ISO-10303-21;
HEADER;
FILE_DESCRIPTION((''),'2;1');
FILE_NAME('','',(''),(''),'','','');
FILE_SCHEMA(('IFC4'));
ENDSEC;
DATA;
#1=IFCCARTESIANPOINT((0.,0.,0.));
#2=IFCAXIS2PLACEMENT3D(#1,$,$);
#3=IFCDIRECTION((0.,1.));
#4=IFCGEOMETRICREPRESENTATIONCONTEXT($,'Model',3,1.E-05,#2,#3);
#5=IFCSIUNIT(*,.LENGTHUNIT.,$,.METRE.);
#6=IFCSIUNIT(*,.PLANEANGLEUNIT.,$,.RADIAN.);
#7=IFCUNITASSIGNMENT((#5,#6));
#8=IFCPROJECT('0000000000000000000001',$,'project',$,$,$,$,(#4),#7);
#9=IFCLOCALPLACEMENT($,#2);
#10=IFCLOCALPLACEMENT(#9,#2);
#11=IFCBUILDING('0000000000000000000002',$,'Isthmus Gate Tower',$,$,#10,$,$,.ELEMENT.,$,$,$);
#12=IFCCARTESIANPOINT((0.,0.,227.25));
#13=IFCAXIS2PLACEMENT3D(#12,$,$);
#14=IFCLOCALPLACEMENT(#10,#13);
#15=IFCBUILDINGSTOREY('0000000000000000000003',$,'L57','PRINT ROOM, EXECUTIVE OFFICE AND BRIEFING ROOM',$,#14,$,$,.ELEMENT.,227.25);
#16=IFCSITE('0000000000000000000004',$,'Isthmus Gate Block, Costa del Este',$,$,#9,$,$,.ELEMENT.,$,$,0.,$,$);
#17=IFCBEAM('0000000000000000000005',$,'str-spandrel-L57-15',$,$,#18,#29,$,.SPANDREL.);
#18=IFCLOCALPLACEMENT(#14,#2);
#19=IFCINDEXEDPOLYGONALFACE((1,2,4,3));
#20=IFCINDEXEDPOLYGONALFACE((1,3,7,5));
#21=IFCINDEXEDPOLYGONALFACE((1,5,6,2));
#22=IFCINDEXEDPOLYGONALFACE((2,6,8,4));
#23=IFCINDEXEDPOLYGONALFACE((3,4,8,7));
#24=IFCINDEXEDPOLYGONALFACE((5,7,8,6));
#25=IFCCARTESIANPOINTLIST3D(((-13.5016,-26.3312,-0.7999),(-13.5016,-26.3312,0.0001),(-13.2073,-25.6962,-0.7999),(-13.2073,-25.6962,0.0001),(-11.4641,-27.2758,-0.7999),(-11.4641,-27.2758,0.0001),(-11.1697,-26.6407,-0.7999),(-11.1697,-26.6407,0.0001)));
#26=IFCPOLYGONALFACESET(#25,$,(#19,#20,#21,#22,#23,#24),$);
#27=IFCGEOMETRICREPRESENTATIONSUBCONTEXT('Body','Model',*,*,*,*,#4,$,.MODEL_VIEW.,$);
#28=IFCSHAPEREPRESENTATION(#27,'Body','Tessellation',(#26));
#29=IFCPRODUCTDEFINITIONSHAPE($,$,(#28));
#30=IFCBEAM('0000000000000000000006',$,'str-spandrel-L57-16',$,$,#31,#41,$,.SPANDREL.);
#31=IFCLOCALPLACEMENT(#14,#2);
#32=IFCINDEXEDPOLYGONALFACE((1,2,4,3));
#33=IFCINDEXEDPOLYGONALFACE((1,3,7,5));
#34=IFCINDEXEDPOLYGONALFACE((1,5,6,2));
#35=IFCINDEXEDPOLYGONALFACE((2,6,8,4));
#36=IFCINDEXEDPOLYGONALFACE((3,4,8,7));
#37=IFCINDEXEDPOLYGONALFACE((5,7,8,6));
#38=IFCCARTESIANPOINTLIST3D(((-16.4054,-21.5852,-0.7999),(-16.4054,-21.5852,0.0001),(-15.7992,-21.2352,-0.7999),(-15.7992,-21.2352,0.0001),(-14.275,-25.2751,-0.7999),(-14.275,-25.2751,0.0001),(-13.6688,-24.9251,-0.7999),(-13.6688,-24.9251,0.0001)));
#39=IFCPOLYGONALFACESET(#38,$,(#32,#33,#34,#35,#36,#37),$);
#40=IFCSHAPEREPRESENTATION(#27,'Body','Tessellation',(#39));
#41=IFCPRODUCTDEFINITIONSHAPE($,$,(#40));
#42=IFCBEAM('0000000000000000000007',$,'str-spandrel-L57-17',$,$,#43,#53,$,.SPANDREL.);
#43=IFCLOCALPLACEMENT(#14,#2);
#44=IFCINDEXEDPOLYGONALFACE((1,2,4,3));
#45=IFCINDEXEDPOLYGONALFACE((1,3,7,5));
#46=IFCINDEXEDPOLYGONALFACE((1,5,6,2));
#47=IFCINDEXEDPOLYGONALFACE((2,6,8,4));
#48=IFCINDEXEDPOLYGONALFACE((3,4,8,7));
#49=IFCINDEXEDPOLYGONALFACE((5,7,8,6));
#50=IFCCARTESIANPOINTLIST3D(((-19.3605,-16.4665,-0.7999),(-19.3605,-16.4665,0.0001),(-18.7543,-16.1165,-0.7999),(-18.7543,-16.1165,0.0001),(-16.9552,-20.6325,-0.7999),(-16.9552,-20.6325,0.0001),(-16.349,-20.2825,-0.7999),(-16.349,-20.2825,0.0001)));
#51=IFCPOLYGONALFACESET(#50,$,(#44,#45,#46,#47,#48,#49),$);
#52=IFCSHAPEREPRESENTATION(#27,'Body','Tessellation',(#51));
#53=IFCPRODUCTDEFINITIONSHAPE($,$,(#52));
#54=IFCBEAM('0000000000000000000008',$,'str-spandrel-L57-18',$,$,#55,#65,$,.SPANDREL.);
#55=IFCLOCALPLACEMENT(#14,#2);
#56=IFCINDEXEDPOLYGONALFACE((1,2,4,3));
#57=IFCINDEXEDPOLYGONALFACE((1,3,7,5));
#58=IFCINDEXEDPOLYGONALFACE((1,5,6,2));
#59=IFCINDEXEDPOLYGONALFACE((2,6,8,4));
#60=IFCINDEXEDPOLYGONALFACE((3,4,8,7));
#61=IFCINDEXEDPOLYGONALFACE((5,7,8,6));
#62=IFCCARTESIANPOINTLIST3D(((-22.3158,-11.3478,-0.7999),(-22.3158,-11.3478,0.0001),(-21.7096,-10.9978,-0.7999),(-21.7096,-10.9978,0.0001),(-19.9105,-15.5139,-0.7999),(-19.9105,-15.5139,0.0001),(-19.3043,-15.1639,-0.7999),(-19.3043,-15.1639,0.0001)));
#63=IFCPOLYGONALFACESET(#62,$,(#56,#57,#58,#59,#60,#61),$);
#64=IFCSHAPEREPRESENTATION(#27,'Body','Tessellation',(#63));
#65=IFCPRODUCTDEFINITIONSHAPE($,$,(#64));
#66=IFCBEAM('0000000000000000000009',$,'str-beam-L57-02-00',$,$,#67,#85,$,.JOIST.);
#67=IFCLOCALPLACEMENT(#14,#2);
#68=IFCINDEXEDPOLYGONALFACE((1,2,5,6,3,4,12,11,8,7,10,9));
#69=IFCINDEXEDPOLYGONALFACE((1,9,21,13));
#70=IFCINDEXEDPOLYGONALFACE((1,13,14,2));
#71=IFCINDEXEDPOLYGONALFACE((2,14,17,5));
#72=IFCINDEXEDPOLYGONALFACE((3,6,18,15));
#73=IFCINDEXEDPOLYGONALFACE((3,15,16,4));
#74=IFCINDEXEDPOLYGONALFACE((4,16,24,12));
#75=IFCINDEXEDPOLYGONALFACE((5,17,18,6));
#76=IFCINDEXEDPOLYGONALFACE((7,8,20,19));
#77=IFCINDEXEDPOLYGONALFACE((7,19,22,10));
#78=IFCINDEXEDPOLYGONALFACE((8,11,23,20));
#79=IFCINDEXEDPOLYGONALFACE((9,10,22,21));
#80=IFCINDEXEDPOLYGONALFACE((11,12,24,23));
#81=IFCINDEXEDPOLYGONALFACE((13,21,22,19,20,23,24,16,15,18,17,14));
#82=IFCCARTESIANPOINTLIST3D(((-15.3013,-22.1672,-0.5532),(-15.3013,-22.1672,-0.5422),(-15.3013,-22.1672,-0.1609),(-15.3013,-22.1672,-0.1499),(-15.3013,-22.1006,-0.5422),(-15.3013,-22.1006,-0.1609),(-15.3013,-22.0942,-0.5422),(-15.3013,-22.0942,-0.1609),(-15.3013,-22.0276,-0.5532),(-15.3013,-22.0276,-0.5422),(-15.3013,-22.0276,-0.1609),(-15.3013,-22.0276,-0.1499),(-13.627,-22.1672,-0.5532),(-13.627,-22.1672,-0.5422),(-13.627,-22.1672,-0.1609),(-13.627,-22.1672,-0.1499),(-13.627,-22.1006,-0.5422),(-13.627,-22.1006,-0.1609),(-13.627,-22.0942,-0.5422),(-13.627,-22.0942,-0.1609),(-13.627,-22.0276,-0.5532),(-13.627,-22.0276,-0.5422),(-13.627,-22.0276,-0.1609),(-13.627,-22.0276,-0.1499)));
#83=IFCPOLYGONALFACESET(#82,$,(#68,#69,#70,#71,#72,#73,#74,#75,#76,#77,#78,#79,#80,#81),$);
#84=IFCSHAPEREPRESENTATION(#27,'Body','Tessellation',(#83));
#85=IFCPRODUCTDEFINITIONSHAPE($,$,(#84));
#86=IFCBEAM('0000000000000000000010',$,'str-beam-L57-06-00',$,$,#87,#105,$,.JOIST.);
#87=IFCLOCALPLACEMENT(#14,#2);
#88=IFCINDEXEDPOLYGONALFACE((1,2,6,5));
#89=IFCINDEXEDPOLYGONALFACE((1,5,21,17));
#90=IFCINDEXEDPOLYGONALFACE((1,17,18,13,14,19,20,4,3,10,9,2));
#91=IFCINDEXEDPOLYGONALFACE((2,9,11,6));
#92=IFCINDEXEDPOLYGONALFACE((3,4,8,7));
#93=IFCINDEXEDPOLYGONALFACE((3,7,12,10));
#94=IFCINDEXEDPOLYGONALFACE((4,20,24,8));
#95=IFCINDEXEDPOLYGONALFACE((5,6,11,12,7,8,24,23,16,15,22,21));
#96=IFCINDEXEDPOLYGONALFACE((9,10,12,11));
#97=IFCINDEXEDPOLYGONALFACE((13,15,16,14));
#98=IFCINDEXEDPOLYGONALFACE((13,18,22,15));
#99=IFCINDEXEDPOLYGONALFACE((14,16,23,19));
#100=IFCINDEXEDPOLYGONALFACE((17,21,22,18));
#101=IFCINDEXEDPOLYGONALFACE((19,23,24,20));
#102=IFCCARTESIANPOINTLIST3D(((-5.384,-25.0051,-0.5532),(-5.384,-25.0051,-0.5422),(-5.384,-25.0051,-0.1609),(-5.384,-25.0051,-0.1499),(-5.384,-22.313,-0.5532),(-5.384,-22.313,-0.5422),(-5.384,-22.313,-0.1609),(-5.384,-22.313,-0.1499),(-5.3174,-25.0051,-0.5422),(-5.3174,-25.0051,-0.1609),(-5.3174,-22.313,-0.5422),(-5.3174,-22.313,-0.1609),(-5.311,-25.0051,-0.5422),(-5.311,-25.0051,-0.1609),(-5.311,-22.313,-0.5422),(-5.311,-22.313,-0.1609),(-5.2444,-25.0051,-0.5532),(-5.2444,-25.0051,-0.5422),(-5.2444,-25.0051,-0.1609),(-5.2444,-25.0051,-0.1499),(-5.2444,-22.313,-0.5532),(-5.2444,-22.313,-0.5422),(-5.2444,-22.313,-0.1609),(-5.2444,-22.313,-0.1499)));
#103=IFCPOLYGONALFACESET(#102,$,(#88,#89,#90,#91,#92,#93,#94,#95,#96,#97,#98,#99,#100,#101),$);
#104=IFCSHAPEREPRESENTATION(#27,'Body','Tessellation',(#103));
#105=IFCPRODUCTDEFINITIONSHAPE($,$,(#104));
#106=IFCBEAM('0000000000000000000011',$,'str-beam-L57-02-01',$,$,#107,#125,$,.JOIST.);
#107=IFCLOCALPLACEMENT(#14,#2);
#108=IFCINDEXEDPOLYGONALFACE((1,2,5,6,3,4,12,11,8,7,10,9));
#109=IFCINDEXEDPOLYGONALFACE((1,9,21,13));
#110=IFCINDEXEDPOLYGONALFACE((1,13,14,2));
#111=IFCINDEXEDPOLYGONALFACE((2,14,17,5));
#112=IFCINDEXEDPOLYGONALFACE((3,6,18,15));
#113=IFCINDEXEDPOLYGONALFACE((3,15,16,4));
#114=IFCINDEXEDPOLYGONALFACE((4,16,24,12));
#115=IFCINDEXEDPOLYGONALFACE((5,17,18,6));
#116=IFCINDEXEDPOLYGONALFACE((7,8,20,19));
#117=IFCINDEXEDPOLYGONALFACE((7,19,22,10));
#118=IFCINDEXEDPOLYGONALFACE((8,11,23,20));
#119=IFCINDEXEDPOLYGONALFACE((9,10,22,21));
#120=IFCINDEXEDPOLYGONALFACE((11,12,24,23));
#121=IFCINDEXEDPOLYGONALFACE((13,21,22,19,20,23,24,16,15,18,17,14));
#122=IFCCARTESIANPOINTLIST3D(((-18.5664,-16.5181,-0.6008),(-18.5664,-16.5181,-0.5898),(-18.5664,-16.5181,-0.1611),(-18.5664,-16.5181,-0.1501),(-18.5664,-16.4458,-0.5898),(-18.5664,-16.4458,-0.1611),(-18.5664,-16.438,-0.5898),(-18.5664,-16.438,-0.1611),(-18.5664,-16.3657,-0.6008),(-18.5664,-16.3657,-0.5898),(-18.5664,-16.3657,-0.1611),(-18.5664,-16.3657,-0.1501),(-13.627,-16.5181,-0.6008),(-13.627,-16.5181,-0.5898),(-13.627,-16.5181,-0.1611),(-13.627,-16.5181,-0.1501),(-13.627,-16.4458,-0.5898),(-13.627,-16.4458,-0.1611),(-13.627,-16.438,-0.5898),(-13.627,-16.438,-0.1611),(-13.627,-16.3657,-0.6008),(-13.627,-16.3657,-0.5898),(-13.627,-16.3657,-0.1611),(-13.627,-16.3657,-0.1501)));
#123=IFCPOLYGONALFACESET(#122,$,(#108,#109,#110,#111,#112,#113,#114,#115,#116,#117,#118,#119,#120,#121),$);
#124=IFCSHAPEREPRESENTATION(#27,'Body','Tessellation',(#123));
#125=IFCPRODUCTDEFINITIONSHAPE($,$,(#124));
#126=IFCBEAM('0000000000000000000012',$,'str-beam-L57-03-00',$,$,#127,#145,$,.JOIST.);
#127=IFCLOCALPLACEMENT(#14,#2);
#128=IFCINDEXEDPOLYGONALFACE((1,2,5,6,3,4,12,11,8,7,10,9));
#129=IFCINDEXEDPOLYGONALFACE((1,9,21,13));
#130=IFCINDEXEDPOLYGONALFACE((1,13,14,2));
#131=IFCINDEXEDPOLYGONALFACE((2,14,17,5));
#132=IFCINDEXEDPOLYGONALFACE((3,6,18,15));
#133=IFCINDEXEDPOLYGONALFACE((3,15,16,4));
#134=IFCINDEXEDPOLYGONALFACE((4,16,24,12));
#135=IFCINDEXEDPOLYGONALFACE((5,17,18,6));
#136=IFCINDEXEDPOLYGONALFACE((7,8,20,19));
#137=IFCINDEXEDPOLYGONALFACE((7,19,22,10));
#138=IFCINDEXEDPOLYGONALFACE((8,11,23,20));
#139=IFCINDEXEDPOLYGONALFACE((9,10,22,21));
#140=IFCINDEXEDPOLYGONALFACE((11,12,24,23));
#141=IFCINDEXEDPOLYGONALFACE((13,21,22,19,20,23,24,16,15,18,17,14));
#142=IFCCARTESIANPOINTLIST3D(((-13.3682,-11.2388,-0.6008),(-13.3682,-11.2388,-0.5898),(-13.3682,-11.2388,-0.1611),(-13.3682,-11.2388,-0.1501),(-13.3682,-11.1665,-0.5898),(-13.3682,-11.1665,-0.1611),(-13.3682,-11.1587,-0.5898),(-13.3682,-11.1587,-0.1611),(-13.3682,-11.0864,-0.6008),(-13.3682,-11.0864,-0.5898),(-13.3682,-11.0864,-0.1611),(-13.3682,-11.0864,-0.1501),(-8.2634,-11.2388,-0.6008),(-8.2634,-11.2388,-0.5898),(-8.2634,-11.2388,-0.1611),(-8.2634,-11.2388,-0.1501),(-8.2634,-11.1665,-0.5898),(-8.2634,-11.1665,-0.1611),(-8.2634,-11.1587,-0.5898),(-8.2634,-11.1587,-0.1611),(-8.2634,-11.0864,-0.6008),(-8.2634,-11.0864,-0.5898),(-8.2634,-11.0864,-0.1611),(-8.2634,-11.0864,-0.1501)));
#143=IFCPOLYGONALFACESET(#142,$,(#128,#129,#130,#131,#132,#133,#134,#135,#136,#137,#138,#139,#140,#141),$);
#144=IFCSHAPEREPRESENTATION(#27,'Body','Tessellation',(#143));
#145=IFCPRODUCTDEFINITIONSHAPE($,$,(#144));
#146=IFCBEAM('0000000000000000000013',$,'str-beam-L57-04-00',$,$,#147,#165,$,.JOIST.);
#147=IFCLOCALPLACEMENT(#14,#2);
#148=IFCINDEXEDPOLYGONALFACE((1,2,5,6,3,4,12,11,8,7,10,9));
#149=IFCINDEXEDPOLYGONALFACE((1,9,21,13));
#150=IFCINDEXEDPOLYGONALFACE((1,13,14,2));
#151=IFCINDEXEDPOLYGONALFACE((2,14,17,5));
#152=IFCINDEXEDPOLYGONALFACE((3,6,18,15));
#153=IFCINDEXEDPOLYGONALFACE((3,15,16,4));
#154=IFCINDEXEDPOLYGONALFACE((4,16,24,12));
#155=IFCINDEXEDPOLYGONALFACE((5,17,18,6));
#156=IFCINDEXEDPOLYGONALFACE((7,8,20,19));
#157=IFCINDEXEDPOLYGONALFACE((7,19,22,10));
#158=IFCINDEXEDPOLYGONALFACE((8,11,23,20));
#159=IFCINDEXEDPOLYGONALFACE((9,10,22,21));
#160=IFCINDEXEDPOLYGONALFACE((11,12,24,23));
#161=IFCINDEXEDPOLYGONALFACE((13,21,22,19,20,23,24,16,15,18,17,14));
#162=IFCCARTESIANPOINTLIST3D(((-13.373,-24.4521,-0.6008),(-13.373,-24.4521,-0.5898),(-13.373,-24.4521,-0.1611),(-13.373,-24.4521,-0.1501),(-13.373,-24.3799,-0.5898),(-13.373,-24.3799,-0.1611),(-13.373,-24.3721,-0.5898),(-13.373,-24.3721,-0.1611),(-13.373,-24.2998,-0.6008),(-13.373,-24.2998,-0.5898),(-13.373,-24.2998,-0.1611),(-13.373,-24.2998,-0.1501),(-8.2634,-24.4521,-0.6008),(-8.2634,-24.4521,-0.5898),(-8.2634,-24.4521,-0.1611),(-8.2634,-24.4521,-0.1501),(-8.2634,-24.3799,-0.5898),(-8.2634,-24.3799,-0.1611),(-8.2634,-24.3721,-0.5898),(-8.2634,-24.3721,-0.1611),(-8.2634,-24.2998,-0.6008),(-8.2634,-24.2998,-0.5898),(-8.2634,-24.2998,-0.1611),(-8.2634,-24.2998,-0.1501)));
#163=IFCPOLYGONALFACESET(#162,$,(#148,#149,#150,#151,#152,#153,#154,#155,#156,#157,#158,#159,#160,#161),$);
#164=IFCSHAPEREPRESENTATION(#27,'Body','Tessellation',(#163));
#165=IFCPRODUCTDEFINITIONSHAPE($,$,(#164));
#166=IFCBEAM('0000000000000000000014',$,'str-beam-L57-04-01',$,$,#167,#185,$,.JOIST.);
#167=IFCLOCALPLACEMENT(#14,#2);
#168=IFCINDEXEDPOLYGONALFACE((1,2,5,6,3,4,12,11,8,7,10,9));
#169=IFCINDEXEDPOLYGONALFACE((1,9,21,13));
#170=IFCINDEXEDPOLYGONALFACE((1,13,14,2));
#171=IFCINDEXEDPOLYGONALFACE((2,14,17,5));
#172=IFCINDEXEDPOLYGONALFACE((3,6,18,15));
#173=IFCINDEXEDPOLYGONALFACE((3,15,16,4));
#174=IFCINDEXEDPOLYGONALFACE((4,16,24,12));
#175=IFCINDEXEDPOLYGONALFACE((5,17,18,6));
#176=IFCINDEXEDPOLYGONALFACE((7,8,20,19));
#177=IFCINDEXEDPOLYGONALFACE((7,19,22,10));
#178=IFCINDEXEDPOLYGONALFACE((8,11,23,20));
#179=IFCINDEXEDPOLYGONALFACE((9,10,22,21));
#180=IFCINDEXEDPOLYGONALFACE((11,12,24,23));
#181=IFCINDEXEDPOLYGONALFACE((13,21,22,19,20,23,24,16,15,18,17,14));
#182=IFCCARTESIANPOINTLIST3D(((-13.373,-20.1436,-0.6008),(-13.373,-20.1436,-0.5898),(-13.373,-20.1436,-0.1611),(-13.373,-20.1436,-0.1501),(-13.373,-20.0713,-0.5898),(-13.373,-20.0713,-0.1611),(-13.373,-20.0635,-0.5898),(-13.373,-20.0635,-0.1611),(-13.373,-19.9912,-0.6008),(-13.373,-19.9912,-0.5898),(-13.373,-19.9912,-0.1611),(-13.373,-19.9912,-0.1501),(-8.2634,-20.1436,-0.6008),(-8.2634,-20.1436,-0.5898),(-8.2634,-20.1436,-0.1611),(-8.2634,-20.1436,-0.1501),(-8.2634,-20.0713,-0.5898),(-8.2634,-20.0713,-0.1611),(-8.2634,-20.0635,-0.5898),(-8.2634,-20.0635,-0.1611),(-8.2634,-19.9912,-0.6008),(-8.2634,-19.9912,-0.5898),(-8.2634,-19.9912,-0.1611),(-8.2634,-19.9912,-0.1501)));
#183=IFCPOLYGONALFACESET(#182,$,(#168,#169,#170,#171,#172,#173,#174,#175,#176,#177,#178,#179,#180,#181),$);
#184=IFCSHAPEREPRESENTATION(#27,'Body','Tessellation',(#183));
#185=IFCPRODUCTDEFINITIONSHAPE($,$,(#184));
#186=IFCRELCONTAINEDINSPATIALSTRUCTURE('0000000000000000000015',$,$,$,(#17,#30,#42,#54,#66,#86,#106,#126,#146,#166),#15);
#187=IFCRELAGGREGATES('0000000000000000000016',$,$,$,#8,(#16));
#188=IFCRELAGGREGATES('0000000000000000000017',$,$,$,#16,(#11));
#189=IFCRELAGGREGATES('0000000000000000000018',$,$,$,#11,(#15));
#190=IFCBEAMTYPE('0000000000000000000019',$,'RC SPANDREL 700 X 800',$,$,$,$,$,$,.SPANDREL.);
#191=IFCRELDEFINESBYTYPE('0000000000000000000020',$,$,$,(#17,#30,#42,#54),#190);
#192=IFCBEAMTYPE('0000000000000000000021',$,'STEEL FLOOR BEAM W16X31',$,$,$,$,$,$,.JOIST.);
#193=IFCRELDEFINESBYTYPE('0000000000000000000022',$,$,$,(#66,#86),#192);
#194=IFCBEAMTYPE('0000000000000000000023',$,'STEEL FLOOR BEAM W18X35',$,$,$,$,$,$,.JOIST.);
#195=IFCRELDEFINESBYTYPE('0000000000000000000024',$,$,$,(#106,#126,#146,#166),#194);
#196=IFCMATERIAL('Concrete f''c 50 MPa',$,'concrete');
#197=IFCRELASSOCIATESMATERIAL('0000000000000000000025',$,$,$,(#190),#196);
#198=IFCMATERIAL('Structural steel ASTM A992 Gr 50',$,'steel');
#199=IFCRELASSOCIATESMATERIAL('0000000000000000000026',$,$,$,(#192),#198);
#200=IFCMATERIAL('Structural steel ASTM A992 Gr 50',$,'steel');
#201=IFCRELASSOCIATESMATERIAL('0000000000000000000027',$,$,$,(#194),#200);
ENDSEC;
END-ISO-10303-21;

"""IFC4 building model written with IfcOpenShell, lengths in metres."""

from ifc_helpers import new_model, si_unit, direction, frame, origin, origin_2d, place, context, subcontext, project, spatial, rectangle, i_section, extrude, material, material_profile, profile_set, type_object, element, save


model = new_model("IFC4")

# Units and contexts
model_context = context("Model", 3, precision=1e-05, world=origin(), true_north=direction((0.0, 1.0)))
body_context = subcontext(model_context, "Body", "Model", "MODEL_VIEW")
ifc_project = project(units=[si_unit("LENGTHUNIT", "METRE"), si_unit("PLANEANGLEUNIT", "RADIAN")], contexts=[model_context])

# Site, building, storey
site_placement = place(None, origin())
site = spatial("IfcSite", under=ifc_project, at=site_placement, Name="Isthmus Gate Block, Costa del Este", CompositionType="ELEMENT", RefElevation=0.0)
building_placement = place(site_placement, origin())
building = spatial("IfcBuilding", under=site, at=building_placement, Name="Isthmus Gate Tower", CompositionType="ELEMENT")
storey_placement = place(building_placement, frame((0.0, 0.0, 227.25)))
storey = spatial("IfcBuildingStorey", under=building, at=storey_placement, Name="L57", Description="PRINT ROOM, EXECUTIVE OFFICE AND BRIEFING ROOM", CompositionType="ELEMENT", Elevation=227.25)

# Beams
ifc_material_1 = material(Name="Concrete f'c 50 MPa", Category="concrete")
ifc_material_profile_1 = material_profile(ifc_material_1, rectangle(XDim=0.7, YDim=0.8, at=origin_2d()), Name="RC 700X800")
ifc_profile_set_1 = profile_set([ifc_material_profile_1], Name="Concrete f'c 50 MPa")
beam_type_1 = type_object("IfcBeamType", Name="RC SPANDREL 700 X 800", PredefinedType="SPANDREL", material=ifc_profile_set_1)
beam_1_placement = place(storey_placement, frame((-11.3169, -26.9583, -0.3999), z_axis=(-0.907255, 0.420581, 0.0), x_axis=(-0.420581, -0.907255, 0.0)))
element("IfcBeam", 1, at=beam_1_placement, inside=storey, type_object=beam_type_1, Name="str-spandrel-L57-15", PredefinedType="SPANDREL", context=body_context, shape_type="SweptSolid", body=[
    extrude(rectangle(XDim=0.7, YDim=0.8, at=origin_2d()), origin(), (0.0, 0.0, 1.0), 2.2458),
])
beam_2_placement = place(storey_placement, frame((-13.9719, -25.1001, -0.3999), z_axis=(-0.499997, 0.866027, 0.0), x_axis=(-0.866027, -0.499997, 0.0)))
element("IfcBeam", 2, at=beam_2_placement, inside=storey, type_object=beam_type_1, Name="str-spandrel-L57-16", PredefinedType="SPANDREL", context=body_context, shape_type="SweptSolid", body=[
    extrude(rectangle(XDim=0.7, YDim=0.8, at=origin_2d()), origin(), (0.0, 0.0, 1.0), 4.2607),
])
for number, where, z_axis, x_axis, name in (
    (3, (-16.6521, -20.4575, -0.3999), (-0.500004, 0.866023, 0.0), (-0.866023, -0.500004, 0.0), "str-spandrel-L57-17"),
    (4, (-19.6074, -15.3389, -0.3999), (-0.500004, 0.866023, 0.0), (-0.866023, -0.500004, 0.0), "str-spandrel-L57-18"),
):
    element("IfcBeam", number, at=place(storey_placement, frame(where, z_axis=z_axis, x_axis=x_axis)), inside=storey, type_object=beam_type_1, Name=name, PredefinedType="SPANDREL", context=body_context, shape_type="SweptSolid", body=[
        extrude(rectangle(XDim=0.7, YDim=0.8, at=origin_2d()), origin(), (0.0, 0.0, 1.0), 4.8105),
    ])
ifc_material_2 = material(Name="Structural steel ASTM A992 Gr 50", Category="steel")
ifc_material_profile_2 = material_profile(ifc_material_2, i_section(OverallWidth=0.1396, OverallDepth=0.4033, WebThickness=0.0063, FlangeThickness=0.011, at=origin_2d()), Name="W16X31")
ifc_profile_set_2 = profile_set([ifc_material_profile_2], Name="Structural steel ASTM A992 Gr 50")
beam_type_2 = type_object("IfcBeamType", Name="STEEL FLOOR BEAM W16X31", PredefinedType="JOIST", material=ifc_profile_set_2)
beam_3_placement = place(storey_placement, frame((-15.3013, -22.0974, -0.3516), z_axis=(1.0, 0.0, 0.0), x_axis=(0.0, 1.0, 0.0)))
element("IfcBeam", 5, at=beam_3_placement, inside=storey, type_object=beam_type_2, Name="str-beam-L57-02-00", PredefinedType="JOIST", context=body_context, shape_type="SweptSolid", body=[
    extrude(i_section(OverallWidth=0.1396, OverallDepth=0.4033, WebThickness=0.0063, FlangeThickness=0.011, at=origin_2d()), origin(), (0.0, 0.0, 1.0), 1.6743),
])
beam_4_placement = place(storey_placement, frame((-5.3142, -25.0051, -0.3516), z_axis=(0.0, 1.0, 0.0), x_axis=(-1.0, 0.0, 0.0)))
element("IfcBeam", 6, at=beam_4_placement, inside=storey, type_object=beam_type_2, Name="str-beam-L57-06-00", PredefinedType="JOIST", context=body_context, shape_type="SweptSolid", body=[
    extrude(i_section(OverallWidth=0.1396, OverallDepth=0.4033, WebThickness=0.0063, FlangeThickness=0.011, at=origin_2d()), origin(), (0.0, 0.0, 1.0), 2.6921),
])
ifc_material_3 = material(Name="Structural steel ASTM A992 Gr 50", Category="steel")
ifc_material_profile_3 = material_profile(ifc_material_3, i_section(OverallWidth=0.1523, OverallDepth=0.4507, WebThickness=0.0078, FlangeThickness=0.011, at=origin_2d()), Name="W18X35")
ifc_profile_set_3 = profile_set([ifc_material_profile_3], Name="Structural steel ASTM A992 Gr 50")
beam_type_3 = type_object("IfcBeamType", Name="STEEL FLOOR BEAM W18X35", PredefinedType="JOIST", material=ifc_profile_set_3)
beam_5_placement = place(storey_placement, frame((-18.5664, -16.4419, -0.3755), z_axis=(1.0, 0.0, 0.0), x_axis=(0.0, 1.0, 0.0)))
element("IfcBeam", 7, at=beam_5_placement, inside=storey, type_object=beam_type_3, Name="str-beam-L57-02-01", PredefinedType="JOIST", context=body_context, shape_type="SweptSolid", body=[
    extrude(i_section(OverallWidth=0.1523, OverallDepth=0.4507, WebThickness=0.0078, FlangeThickness=0.011, at=origin_2d()), origin(), (0.0, 0.0, 1.0), 4.9395),
])
beam_6_placement = place(storey_placement, frame((-13.3682, -11.1626, -0.3755), z_axis=(1.0, 0.0, 0.0), x_axis=(0.0, 1.0, 0.0)))
element("IfcBeam", 8, at=beam_6_placement, inside=storey, type_object=beam_type_3, Name="str-beam-L57-03-00", PredefinedType="JOIST", context=body_context, shape_type="SweptSolid", body=[
    extrude(i_section(OverallWidth=0.1523, OverallDepth=0.4507, WebThickness=0.0078, FlangeThickness=0.011, at=origin_2d()), origin(), (0.0, 0.0, 1.0), 5.1047),
])
for number, where, z_axis, x_axis, name in (
    (9, (-13.373, -24.376, -0.3755), (1.0, 0.0, 0.0), (0.0, 1.0, 0.0), "str-beam-L57-04-00"),
    (10, (-13.373, -20.0674, -0.3755), (1.0, 0.0, 0.0), (0.0, 1.0, 0.0), "str-beam-L57-04-01"),
):
    element("IfcBeam", number, at=place(storey_placement, frame(where, z_axis=z_axis, x_axis=x_axis)), inside=storey, type_object=beam_type_3, Name=name, PredefinedType="JOIST", context=body_context, shape_type="SweptSolid", body=[
        extrude(i_section(OverallWidth=0.1523, OverallDepth=0.4507, WebThickness=0.0078, FlangeThickness=0.011, at=origin_2d()), origin(), (0.0, 0.0, 1.0), 5.1096),
    ])

save(model, "model.ifc")
